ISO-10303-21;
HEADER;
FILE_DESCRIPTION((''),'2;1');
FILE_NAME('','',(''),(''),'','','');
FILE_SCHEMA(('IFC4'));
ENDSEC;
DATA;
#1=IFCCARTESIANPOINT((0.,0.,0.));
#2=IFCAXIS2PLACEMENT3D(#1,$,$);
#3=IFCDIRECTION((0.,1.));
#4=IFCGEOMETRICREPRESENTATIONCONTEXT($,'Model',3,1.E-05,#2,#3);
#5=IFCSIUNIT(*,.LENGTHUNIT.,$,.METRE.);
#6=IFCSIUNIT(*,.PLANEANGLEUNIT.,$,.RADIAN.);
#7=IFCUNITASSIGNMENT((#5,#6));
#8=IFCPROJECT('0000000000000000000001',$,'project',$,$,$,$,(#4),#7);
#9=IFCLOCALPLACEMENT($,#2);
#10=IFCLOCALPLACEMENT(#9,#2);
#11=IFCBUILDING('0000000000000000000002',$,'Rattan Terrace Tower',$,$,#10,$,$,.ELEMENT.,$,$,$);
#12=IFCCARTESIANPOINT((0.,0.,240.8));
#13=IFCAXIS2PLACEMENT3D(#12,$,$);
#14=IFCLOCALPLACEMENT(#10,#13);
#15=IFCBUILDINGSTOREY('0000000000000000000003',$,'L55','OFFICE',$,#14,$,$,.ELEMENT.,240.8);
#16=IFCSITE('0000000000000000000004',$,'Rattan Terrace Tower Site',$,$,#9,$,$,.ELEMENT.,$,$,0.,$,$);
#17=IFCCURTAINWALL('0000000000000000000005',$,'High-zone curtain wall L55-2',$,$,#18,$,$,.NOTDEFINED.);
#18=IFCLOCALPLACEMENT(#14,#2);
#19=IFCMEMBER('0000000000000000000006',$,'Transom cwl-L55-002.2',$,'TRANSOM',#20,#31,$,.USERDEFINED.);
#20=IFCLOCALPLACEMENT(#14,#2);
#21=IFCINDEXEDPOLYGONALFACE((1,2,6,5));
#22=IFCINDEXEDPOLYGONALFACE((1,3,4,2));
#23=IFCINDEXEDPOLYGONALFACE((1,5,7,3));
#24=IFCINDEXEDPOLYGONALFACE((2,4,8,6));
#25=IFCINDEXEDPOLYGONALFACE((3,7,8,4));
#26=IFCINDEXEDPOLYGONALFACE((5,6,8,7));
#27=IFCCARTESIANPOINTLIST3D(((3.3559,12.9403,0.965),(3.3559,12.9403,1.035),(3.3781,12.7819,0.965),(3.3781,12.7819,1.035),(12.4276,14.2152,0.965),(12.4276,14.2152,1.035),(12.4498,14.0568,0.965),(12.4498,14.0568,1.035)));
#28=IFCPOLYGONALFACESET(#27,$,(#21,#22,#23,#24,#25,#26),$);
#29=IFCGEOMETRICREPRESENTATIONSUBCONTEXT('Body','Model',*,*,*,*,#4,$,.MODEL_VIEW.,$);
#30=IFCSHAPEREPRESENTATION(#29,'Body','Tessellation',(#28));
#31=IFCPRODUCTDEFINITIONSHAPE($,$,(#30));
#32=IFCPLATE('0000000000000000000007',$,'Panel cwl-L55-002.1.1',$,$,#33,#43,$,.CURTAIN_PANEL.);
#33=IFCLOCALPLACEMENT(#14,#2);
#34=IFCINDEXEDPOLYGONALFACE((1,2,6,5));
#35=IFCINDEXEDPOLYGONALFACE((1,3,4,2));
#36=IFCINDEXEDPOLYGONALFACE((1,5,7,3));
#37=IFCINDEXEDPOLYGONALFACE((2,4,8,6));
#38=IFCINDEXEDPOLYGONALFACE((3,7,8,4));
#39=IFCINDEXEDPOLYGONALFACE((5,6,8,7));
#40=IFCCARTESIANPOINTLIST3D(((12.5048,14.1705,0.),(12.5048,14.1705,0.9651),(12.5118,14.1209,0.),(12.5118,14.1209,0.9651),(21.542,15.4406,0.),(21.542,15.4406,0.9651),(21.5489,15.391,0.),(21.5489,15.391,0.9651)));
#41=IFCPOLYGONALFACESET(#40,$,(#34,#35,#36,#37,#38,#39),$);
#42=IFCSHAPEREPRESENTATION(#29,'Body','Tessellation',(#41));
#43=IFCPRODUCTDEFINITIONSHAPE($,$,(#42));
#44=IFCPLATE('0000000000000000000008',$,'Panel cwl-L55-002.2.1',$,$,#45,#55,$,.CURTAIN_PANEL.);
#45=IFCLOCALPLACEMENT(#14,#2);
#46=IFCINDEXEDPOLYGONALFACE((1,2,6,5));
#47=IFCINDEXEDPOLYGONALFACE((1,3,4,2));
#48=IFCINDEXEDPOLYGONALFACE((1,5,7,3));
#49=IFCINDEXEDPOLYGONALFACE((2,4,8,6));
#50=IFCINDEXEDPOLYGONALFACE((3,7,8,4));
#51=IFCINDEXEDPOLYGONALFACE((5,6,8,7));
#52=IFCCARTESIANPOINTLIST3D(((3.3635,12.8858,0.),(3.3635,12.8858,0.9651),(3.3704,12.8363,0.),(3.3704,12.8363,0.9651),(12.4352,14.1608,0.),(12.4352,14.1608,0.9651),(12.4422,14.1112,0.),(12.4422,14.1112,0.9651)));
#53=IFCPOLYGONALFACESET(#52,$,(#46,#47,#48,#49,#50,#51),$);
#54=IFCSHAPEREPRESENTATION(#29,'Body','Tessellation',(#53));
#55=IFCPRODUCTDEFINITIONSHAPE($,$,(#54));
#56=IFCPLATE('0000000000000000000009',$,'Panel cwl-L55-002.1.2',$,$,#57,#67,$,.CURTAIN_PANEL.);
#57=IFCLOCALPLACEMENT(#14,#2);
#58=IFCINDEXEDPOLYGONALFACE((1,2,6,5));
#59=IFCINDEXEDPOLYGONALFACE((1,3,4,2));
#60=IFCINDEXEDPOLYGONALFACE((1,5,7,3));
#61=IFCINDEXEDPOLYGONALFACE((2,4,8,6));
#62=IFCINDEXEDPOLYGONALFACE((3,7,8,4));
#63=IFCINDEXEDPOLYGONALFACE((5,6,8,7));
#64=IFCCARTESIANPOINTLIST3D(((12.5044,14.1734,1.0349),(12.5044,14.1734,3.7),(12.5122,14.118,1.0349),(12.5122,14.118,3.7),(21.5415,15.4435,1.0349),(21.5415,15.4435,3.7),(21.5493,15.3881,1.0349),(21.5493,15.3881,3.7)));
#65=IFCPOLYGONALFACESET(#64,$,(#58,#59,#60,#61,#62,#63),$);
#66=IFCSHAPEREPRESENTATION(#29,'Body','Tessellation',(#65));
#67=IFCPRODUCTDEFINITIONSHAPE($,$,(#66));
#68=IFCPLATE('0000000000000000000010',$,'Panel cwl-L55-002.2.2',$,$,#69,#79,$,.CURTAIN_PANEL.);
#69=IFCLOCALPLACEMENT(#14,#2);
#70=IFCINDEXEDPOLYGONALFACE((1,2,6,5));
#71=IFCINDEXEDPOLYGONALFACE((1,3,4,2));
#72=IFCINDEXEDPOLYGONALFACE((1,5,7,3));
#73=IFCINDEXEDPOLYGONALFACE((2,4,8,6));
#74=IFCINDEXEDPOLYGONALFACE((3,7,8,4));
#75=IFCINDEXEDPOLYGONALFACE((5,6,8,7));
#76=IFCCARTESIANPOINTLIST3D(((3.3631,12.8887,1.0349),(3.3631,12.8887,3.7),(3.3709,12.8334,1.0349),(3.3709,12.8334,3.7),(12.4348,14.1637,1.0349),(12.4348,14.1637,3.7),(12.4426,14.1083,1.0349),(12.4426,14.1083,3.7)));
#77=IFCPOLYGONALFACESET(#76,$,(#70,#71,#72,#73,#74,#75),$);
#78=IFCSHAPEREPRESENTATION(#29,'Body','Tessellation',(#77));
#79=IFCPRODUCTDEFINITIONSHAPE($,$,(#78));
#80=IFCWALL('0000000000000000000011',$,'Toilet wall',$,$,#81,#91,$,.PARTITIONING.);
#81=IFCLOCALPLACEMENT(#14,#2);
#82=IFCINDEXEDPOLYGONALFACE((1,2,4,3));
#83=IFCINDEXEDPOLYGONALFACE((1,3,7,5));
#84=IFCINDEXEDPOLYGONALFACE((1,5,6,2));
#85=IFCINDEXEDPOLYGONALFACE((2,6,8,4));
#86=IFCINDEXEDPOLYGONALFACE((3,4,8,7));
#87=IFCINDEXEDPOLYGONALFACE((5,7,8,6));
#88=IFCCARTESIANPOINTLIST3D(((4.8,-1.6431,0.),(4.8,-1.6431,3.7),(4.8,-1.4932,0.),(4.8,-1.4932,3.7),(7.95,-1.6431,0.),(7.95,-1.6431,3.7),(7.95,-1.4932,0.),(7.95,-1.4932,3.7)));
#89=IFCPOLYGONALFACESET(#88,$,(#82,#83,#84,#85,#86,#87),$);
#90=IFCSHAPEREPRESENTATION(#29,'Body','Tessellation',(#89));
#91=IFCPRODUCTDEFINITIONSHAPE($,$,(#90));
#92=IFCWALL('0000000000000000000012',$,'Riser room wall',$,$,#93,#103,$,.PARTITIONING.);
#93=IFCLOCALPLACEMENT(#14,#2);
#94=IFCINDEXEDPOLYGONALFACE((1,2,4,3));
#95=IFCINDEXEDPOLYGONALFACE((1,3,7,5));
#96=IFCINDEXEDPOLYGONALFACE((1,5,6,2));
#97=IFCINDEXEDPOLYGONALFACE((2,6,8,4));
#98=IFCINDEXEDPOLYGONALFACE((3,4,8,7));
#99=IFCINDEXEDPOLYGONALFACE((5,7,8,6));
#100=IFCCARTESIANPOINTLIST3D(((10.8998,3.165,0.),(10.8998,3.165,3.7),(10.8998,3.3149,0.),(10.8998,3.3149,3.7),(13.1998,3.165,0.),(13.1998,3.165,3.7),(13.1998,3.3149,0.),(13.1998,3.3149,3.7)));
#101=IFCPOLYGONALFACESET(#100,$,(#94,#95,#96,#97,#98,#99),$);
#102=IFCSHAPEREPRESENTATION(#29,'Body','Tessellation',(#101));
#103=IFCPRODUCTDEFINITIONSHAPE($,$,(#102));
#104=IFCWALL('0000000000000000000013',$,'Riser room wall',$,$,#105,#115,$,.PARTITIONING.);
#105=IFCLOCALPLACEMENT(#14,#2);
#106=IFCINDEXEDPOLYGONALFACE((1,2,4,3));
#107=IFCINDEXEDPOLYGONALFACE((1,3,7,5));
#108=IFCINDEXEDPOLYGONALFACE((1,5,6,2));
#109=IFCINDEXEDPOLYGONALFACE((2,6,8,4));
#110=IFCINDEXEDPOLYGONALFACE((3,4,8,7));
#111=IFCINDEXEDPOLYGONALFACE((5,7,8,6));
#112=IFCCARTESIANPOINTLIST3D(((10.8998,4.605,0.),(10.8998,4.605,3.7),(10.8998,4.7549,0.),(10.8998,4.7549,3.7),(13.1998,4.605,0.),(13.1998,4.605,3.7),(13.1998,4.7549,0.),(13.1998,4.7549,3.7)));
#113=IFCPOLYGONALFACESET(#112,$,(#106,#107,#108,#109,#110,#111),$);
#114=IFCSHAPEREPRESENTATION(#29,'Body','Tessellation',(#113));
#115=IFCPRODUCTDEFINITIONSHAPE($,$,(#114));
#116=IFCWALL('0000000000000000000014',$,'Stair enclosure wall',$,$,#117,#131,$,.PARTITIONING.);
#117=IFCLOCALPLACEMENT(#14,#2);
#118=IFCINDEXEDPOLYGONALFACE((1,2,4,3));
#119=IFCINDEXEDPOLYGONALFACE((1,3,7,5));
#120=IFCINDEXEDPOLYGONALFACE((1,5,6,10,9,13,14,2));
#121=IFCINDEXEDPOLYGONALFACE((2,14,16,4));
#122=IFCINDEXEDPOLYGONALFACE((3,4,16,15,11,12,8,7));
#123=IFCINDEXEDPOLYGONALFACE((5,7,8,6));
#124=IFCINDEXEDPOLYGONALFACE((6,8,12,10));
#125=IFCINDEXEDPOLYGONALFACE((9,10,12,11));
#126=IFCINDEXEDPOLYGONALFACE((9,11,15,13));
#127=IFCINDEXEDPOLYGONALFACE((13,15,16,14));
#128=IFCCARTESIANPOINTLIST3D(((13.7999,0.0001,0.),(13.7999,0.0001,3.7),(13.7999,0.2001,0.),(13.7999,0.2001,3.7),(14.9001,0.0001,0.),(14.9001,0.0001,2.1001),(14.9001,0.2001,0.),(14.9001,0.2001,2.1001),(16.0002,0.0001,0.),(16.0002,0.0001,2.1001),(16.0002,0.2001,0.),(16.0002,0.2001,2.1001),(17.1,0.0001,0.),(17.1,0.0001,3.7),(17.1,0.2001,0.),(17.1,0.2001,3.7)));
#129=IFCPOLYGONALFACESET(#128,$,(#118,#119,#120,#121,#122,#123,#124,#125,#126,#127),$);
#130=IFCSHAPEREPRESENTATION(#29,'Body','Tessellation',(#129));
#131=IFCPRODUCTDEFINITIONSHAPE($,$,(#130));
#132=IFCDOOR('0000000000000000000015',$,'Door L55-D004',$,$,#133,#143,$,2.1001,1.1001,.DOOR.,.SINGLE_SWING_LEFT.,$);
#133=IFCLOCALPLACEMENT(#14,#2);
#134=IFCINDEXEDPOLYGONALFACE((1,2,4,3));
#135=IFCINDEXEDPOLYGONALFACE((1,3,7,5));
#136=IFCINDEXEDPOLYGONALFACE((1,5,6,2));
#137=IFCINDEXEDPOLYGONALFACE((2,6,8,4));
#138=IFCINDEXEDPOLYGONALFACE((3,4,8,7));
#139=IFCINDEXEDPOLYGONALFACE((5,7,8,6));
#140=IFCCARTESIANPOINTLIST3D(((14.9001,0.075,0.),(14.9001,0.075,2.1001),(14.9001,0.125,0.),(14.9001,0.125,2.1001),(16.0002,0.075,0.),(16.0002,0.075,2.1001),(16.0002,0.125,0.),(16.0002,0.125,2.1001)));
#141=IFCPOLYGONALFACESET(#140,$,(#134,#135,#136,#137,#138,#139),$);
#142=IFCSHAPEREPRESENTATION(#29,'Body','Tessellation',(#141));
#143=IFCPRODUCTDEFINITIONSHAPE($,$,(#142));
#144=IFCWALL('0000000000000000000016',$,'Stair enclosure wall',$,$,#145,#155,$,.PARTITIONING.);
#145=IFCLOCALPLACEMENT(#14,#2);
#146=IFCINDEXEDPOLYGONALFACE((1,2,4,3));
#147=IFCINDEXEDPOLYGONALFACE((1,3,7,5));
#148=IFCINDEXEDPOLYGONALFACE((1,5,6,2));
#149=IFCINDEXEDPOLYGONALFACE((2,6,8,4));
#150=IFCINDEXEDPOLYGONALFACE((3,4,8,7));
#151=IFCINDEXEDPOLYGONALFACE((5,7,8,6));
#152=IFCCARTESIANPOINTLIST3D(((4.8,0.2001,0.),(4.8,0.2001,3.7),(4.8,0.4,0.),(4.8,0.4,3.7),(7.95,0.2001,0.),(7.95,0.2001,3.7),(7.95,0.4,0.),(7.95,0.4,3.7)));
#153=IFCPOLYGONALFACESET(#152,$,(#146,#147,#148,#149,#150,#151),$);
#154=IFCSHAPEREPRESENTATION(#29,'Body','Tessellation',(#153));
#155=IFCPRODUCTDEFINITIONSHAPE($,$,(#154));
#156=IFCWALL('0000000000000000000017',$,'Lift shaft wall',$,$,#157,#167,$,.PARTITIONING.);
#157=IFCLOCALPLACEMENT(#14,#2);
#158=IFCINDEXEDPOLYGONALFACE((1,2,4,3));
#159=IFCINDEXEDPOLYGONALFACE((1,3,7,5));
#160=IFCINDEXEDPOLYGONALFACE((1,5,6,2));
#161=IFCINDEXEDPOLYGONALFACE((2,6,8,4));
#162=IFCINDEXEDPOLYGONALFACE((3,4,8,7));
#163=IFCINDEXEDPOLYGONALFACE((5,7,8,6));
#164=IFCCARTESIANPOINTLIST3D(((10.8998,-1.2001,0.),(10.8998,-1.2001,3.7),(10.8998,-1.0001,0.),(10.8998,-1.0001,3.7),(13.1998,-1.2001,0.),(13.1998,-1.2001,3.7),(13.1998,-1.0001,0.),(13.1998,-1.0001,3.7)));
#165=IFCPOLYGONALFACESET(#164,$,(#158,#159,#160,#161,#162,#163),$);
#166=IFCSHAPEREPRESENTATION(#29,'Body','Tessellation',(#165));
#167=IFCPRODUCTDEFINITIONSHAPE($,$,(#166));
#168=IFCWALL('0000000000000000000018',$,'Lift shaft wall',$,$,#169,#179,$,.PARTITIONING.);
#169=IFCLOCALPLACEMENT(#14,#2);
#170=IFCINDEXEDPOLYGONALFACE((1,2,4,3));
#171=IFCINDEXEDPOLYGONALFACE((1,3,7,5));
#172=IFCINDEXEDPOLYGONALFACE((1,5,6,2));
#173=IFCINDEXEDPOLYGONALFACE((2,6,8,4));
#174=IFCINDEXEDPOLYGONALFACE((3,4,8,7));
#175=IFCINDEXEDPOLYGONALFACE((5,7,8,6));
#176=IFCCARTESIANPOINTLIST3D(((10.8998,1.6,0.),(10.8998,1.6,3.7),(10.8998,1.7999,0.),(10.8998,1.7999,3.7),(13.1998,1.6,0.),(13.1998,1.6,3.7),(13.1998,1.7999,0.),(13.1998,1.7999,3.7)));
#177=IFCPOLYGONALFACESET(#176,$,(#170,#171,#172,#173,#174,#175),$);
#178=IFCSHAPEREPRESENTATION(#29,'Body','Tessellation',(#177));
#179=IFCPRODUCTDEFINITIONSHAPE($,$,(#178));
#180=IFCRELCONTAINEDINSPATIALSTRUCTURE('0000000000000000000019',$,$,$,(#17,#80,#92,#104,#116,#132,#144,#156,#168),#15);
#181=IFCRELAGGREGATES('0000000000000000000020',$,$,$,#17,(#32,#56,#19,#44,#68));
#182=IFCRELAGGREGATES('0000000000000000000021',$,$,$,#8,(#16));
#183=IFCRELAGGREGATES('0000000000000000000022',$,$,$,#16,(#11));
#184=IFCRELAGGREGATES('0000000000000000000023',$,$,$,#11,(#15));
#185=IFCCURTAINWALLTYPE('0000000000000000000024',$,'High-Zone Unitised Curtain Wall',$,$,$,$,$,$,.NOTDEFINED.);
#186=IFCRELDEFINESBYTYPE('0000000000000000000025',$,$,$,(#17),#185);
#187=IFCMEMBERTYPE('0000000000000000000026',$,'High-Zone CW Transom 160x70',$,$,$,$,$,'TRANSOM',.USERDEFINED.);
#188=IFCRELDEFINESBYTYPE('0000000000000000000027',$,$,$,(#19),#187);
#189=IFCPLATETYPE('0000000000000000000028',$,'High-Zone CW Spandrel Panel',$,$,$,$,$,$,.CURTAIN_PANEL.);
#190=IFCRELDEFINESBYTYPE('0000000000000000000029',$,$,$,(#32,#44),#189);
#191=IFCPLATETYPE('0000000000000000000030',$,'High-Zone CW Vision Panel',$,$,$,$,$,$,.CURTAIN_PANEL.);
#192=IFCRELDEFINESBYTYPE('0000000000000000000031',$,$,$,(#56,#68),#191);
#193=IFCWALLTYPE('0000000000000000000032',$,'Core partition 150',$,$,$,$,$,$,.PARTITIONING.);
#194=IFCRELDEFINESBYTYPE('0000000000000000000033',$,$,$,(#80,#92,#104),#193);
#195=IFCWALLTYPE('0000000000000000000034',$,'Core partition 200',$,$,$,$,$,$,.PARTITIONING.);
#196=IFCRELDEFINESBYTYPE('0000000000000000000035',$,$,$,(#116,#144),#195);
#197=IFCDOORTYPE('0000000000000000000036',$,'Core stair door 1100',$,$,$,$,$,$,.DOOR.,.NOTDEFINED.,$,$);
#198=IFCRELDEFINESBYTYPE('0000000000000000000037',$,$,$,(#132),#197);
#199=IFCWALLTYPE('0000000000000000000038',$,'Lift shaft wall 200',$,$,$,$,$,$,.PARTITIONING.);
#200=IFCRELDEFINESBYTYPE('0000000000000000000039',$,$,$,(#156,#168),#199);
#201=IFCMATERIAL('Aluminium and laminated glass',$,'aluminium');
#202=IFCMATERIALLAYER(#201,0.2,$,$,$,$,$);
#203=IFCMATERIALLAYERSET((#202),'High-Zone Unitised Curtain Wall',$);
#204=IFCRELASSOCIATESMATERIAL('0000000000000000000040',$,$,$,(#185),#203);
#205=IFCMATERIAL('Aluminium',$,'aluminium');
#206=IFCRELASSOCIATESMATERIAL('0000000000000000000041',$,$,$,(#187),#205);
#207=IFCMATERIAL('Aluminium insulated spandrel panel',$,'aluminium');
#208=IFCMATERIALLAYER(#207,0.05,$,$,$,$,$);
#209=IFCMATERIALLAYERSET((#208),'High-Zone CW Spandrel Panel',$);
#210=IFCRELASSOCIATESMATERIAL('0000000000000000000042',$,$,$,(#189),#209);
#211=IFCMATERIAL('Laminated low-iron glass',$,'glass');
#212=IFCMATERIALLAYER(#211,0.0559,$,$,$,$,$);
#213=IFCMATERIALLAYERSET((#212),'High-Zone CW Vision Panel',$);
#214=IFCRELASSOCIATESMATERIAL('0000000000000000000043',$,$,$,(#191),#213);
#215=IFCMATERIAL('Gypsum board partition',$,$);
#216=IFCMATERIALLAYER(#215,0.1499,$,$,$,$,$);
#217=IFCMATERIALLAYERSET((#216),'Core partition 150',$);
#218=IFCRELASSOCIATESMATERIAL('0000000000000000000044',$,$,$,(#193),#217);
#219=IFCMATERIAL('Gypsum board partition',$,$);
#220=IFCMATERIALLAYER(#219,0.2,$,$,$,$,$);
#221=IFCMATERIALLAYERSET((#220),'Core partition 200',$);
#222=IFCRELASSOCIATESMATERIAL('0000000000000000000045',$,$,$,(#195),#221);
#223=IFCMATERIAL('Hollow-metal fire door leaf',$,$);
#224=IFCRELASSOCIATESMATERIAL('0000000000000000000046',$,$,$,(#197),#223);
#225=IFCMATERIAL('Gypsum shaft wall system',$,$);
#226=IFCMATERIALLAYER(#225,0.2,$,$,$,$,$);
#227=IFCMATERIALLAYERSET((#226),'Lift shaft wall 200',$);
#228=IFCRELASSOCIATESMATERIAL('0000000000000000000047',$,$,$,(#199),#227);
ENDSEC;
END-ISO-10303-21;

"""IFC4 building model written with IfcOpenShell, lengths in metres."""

from ifc_helpers import new_model, si_unit, direction, frame, frame_2d, origin, origin_2d, place, context, subcontext, project, spatial, rectangle, extrude, material, layer, layer_set, material_profile, profile_set, type_object, element, fill, aggregate, save


model = new_model("IFC4")

# Units and contexts
model_context = context("Model", 3, precision=1e-05, world=origin(), true_north=direction((0.0, 1.0)))
body_context = subcontext(model_context, "Body", "Model", "MODEL_VIEW")
ifc_project = project(units=[si_unit("LENGTHUNIT", "METRE"), si_unit("PLANEANGLEUNIT", "RADIAN")], contexts=[model_context])

# Site, building, storey
site_placement = place(None, origin())
site = spatial("IfcSite", under=ifc_project, at=site_placement, Name="Rattan Terrace Tower Site", CompositionType="ELEMENT", RefElevation=0.0)
building_placement = place(site_placement, origin())
building = spatial("IfcBuilding", under=site, at=building_placement, Name="Rattan Terrace Tower", CompositionType="ELEMENT")
storey_placement = place(building_placement, frame((0.0, 0.0, 240.8)))
storey = spatial("IfcBuildingStorey", under=building, at=storey_placement, Name="L55", Description="OFFICE", CompositionType="ELEMENT", Elevation=240.8)

# Curtain wall, member, plates
ifc_material_1 = material(Name="Aluminium and laminated glass", Category="aluminium")
ifc_layer_1 = layer(ifc_material_1, 0.2)
ifc_layer_set_1 = layer_set([ifc_layer_1], Name="High-Zone Unitised Curtain Wall")
curtain_wall_type = type_object("IfcCurtainWallType", Name="High-Zone Unitised Curtain Wall", PredefinedType="NOTDEFINED", material=ifc_layer_set_1)
curtain_wall_placement = place(storey_placement, origin())
curtain_wall = element("IfcCurtainWall", 1, at=curtain_wall_placement, inside=storey, type_object=curtain_wall_type, Name="High-zone curtain wall L55-2", PredefinedType="NOTDEFINED")
ifc_material_2 = material(Name="Aluminium", Category="aluminium")
ifc_material_profile_1 = material_profile(ifc_material_2, rectangle(XDim=0.1599, YDim=0.0701, at=origin_2d()), Name="Aluminium 160x70")
ifc_profile_set_1 = profile_set([ifc_material_profile_1], Name="Aluminium")
member_type_1 = type_object("IfcMemberType", Name="High-Zone CW Transom 160x70", ElementType="TRANSOM", PredefinedType="USERDEFINED", material=ifc_profile_set_1)
member_1_placement = place(storey_placement, frame((12.4387, 14.136, 1.0), z_axis=(-0.990269, -0.139167, 0.0), x_axis=(0.139167, -0.990269, 0.0)))
member_1 = element("IfcMember", 2, at=member_1_placement, type_object=member_type_1, Name="Transom cwl-L55-002.2", ObjectType="TRANSOM", PredefinedType="USERDEFINED", context=body_context, shape_type="SweptSolid", body=[
    extrude(rectangle(XDim=0.1599, YDim=0.0701, at=origin_2d()), origin(), (0.0, 0.0, 1.0), 9.1609),
])
ifc_material_3 = material(Name="Aluminium insulated spandrel panel", Category="aluminium")
ifc_layer_2 = layer(ifc_material_3, 0.05)
ifc_layer_set_2 = layer_set([ifc_layer_2], Name="High-Zone CW Spandrel Panel")
plate_type_1 = type_object("IfcPlateType", Name="High-Zone CW Spandrel Panel", PredefinedType="CURTAIN_PANEL", material=ifc_layer_set_2)
plate_1_placement = place(storey_placement, frame((17.0269, 14.7808, 0.0), z_axis=(0.0, 0.0, 1.0), x_axis=(-0.990267, -0.139177, 0.0)))
plate_1 = element("IfcPlate", 3, at=plate_1_placement, type_object=plate_type_1, Name="Panel cwl-L55-002.1.1", PredefinedType="CURTAIN_PANEL", context=body_context, shape_type="SweptSolid", body=[
    extrude(rectangle(XDim=9.126, YDim=0.05, at=origin_2d()), origin(), (0.0, 0.0, 1.0), 0.9651),
])
plate_2_placement = place(storey_placement, frame((7.9028, 13.4985, 0.0), z_axis=(0.0, 0.0, 1.0), x_axis=(-0.990267, -0.139177, 0.0)))
plate_2 = element("IfcPlate", 4, at=plate_2_placement, type_object=plate_type_1, Name="Panel cwl-L55-002.2.1", PredefinedType="CURTAIN_PANEL", context=body_context, shape_type="SweptSolid", body=[
    extrude(rectangle(XDim=9.1609, YDim=0.05, at=origin_2d()), origin(), (0.0, 0.0, 1.0), 0.9651),
])
ifc_material_4 = material(Name="Laminated low-iron glass", Category="glass")
ifc_layer_3 = layer(ifc_material_4, 0.0559)
ifc_layer_set_3 = layer_set([ifc_layer_3], Name="High-Zone CW Vision Panel")
plate_type_2 = type_object("IfcPlateType", Name="High-Zone CW Vision Panel", PredefinedType="CURTAIN_PANEL", material=ifc_layer_set_3)
plate_3_placement = place(storey_placement, frame((17.0269, 14.7808, 1.0349), z_axis=(0.0, 0.0, 1.0), x_axis=(-0.990267, -0.139177, 0.0)))
plate_3 = element("IfcPlate", 5, at=plate_3_placement, type_object=plate_type_2, Name="Panel cwl-L55-002.1.2", PredefinedType="CURTAIN_PANEL", context=body_context, shape_type="SweptSolid", body=[
    extrude(rectangle(XDim=9.126, YDim=0.0559, at=origin_2d()), origin(), (0.0, 0.0, 1.0), 2.665),
])
plate_4_placement = place(storey_placement, frame((7.9028, 13.4985, 1.0349), z_axis=(0.0, 0.0, 1.0), x_axis=(-0.990267, -0.139177, 0.0)))
plate_4 = element("IfcPlate", 6, at=plate_4_placement, type_object=plate_type_2, Name="Panel cwl-L55-002.2.2", PredefinedType="CURTAIN_PANEL", context=body_context, shape_type="SweptSolid", body=[
    extrude(rectangle(XDim=9.1609, YDim=0.0559, at=origin_2d()), origin(), (0.0, 0.0, 1.0), 2.665),
])
aggregate(curtain_wall, [plate_1, plate_3, member_1, plate_2, plate_4])

# Walls
ifc_material_5 = material(Name="Gypsum board partition")
ifc_layer_4 = layer(ifc_material_5, 0.1499)
ifc_layer_set_4 = layer_set([ifc_layer_4], Name="Core partition 150")
wall_type_1 = type_object("IfcWallType", Name="Core partition 150", PredefinedType="PARTITIONING", material=ifc_layer_set_4)
wall_1_placement = place(storey_placement, frame((4.8, -1.5681, 0.0), z_axis=(0.0, 0.0, 1.0), x_axis=(1.0, 0.0, 0.0)))
element("IfcWall", 7, at=wall_1_placement, inside=storey, type_object=wall_type_1, Name="Toilet wall", PredefinedType="PARTITIONING", context=body_context, shape_type="SweptSolid", body=[
    extrude(rectangle(XDim=3.1499, YDim=0.1499, at=frame_2d((1.575, 0.0))), origin(), (0.0, 0.0, 1.0), 3.7),
])
for number, where, z_axis, x_axis, name in (
    (8, (10.8999, 3.24, 0.0), (0.0, 0.0, 1.0), (1.0, 0.0, 0.0), "Riser room wall"),
    (9, (10.8999, 4.6799, 0.0), (0.0, 0.0, 1.0), (1.0, 0.0, 0.0), "Riser room wall"),
):
    element("IfcWall", number, at=place(storey_placement, frame(where, z_axis=z_axis, x_axis=x_axis)), inside=storey, type_object=wall_type_1, Name=name, PredefinedType="PARTITIONING", context=body_context, shape_type="SweptSolid", body=[
        extrude(rectangle(XDim=2.3, YDim=0.1499, at=frame_2d((1.1499, 0.0))), origin(), (0.0, 0.0, 1.0), 3.7),
    ])

# Wall, opening, door
ifc_material_6 = material(Name="Gypsum board partition")
ifc_layer_5 = layer(ifc_material_6, 0.2)
ifc_layer_set_5 = layer_set([ifc_layer_5], Name="Core partition 200")
wall_type_2 = type_object("IfcWallType", Name="Core partition 200", PredefinedType="PARTITIONING", material=ifc_layer_set_5)
wall_2_placement = place(storey_placement, frame((13.8, 0.1001, 0.0), z_axis=(0.0, 0.0, 1.0), x_axis=(1.0, 0.0, 0.0)))
wall_2 = element("IfcWall", 10, at=wall_2_placement, inside=storey, type_object=wall_type_2, Name="Stair enclosure wall", PredefinedType="PARTITIONING", context=body_context, shape_type="SweptSolid", body=[
    extrude(rectangle(XDim=3.3, YDim=0.2, at=frame_2d((1.6499, 0.0))), origin(), (0.0, 0.0, 1.0), 3.7),
])
opening_placement = place(wall_2_placement, frame((1.1001, 0.0, 0.0)))
opening = element("IfcOpeningElement", 11, at=opening_placement, cuts=wall_2, PredefinedType="OPENING", context=body_context, shape_type="SweptSolid", body=[
    extrude(rectangle(XDim=1.1001, YDim=2.1001, at=frame_2d((0.55, 1.05))), frame((0.0, 0.1106, 0.0), z_axis=(0.0, -1.0, 0.0), x_axis=(1.0, 0.0, 0.0)), (0.0, 0.0, 1.0), 0.2209),
])
ifc_material_7 = material(Name="Hollow-metal fire door leaf")
door_type = type_object("IfcDoorType", Name="Core stair door 1100", OperationType="NOTDEFINED", PredefinedType="DOOR", material=ifc_material_7)
door_placement = place(opening_placement, origin())
door = element("IfcDoor", 12, at=door_placement, inside=storey, type_object=door_type, Name="Door L55-D004", OperationType="SINGLE_SWING_LEFT", OverallHeight=2.1001, OverallWidth=1.1001, PredefinedType="DOOR", context=body_context, shape_type="SweptSolid", body=[
    extrude(rectangle(XDim=1.1001, YDim=2.1001, at=frame_2d((0.55, 1.05))), frame((0.0, 0.0249, 0.0), z_axis=(0.0, -1.0, 0.0), x_axis=(1.0, 0.0, 0.0)), (0.0, 0.0, 1.0), 0.05),
])
fill(opening, door)

# Walls
wall_3_placement = place(storey_placement, frame((4.8, 0.3, 0.0), z_axis=(0.0, 0.0, 1.0), x_axis=(1.0, 0.0, 0.0)))
element("IfcWall", 13, at=wall_3_placement, inside=storey, type_object=wall_type_2, Name="Stair enclosure wall", PredefinedType="PARTITIONING", context=body_context, shape_type="SweptSolid", body=[
    extrude(rectangle(XDim=3.1499, YDim=0.2, at=frame_2d((1.575, 0.0))), origin(), (0.0, 0.0, 1.0), 3.7),
])
ifc_material_8 = material(Name="Gypsum shaft wall system")
ifc_layer_6 = layer(ifc_material_8, 0.2)
ifc_layer_set_6 = layer_set([ifc_layer_6], Name="Lift shaft wall 200")
wall_type_3 = type_object("IfcWallType", Name="Lift shaft wall 200", PredefinedType="PARTITIONING", material=ifc_layer_set_6)
for number, where, z_axis, x_axis, name in (
    (14, (10.8999, -1.1001, 0.0), (0.0, 0.0, 1.0), (1.0, 0.0, 0.0), "Lift shaft wall"),
    (15, (10.8999, 1.7, 0.0), (0.0, 0.0, 1.0), (1.0, 0.0, 0.0), "Lift shaft wall"),
):
    element("IfcWall", number, at=place(storey_placement, frame(where, z_axis=z_axis, x_axis=x_axis)), inside=storey, type_object=wall_type_3, Name=name, PredefinedType="PARTITIONING", context=body_context, shape_type="SweptSolid", body=[
        extrude(rectangle(XDim=2.3, YDim=0.2, at=frame_2d((1.1499, 0.0))), origin(), (0.0, 0.0, 1.0), 3.7),
    ])

save(model, "model.ifc")
